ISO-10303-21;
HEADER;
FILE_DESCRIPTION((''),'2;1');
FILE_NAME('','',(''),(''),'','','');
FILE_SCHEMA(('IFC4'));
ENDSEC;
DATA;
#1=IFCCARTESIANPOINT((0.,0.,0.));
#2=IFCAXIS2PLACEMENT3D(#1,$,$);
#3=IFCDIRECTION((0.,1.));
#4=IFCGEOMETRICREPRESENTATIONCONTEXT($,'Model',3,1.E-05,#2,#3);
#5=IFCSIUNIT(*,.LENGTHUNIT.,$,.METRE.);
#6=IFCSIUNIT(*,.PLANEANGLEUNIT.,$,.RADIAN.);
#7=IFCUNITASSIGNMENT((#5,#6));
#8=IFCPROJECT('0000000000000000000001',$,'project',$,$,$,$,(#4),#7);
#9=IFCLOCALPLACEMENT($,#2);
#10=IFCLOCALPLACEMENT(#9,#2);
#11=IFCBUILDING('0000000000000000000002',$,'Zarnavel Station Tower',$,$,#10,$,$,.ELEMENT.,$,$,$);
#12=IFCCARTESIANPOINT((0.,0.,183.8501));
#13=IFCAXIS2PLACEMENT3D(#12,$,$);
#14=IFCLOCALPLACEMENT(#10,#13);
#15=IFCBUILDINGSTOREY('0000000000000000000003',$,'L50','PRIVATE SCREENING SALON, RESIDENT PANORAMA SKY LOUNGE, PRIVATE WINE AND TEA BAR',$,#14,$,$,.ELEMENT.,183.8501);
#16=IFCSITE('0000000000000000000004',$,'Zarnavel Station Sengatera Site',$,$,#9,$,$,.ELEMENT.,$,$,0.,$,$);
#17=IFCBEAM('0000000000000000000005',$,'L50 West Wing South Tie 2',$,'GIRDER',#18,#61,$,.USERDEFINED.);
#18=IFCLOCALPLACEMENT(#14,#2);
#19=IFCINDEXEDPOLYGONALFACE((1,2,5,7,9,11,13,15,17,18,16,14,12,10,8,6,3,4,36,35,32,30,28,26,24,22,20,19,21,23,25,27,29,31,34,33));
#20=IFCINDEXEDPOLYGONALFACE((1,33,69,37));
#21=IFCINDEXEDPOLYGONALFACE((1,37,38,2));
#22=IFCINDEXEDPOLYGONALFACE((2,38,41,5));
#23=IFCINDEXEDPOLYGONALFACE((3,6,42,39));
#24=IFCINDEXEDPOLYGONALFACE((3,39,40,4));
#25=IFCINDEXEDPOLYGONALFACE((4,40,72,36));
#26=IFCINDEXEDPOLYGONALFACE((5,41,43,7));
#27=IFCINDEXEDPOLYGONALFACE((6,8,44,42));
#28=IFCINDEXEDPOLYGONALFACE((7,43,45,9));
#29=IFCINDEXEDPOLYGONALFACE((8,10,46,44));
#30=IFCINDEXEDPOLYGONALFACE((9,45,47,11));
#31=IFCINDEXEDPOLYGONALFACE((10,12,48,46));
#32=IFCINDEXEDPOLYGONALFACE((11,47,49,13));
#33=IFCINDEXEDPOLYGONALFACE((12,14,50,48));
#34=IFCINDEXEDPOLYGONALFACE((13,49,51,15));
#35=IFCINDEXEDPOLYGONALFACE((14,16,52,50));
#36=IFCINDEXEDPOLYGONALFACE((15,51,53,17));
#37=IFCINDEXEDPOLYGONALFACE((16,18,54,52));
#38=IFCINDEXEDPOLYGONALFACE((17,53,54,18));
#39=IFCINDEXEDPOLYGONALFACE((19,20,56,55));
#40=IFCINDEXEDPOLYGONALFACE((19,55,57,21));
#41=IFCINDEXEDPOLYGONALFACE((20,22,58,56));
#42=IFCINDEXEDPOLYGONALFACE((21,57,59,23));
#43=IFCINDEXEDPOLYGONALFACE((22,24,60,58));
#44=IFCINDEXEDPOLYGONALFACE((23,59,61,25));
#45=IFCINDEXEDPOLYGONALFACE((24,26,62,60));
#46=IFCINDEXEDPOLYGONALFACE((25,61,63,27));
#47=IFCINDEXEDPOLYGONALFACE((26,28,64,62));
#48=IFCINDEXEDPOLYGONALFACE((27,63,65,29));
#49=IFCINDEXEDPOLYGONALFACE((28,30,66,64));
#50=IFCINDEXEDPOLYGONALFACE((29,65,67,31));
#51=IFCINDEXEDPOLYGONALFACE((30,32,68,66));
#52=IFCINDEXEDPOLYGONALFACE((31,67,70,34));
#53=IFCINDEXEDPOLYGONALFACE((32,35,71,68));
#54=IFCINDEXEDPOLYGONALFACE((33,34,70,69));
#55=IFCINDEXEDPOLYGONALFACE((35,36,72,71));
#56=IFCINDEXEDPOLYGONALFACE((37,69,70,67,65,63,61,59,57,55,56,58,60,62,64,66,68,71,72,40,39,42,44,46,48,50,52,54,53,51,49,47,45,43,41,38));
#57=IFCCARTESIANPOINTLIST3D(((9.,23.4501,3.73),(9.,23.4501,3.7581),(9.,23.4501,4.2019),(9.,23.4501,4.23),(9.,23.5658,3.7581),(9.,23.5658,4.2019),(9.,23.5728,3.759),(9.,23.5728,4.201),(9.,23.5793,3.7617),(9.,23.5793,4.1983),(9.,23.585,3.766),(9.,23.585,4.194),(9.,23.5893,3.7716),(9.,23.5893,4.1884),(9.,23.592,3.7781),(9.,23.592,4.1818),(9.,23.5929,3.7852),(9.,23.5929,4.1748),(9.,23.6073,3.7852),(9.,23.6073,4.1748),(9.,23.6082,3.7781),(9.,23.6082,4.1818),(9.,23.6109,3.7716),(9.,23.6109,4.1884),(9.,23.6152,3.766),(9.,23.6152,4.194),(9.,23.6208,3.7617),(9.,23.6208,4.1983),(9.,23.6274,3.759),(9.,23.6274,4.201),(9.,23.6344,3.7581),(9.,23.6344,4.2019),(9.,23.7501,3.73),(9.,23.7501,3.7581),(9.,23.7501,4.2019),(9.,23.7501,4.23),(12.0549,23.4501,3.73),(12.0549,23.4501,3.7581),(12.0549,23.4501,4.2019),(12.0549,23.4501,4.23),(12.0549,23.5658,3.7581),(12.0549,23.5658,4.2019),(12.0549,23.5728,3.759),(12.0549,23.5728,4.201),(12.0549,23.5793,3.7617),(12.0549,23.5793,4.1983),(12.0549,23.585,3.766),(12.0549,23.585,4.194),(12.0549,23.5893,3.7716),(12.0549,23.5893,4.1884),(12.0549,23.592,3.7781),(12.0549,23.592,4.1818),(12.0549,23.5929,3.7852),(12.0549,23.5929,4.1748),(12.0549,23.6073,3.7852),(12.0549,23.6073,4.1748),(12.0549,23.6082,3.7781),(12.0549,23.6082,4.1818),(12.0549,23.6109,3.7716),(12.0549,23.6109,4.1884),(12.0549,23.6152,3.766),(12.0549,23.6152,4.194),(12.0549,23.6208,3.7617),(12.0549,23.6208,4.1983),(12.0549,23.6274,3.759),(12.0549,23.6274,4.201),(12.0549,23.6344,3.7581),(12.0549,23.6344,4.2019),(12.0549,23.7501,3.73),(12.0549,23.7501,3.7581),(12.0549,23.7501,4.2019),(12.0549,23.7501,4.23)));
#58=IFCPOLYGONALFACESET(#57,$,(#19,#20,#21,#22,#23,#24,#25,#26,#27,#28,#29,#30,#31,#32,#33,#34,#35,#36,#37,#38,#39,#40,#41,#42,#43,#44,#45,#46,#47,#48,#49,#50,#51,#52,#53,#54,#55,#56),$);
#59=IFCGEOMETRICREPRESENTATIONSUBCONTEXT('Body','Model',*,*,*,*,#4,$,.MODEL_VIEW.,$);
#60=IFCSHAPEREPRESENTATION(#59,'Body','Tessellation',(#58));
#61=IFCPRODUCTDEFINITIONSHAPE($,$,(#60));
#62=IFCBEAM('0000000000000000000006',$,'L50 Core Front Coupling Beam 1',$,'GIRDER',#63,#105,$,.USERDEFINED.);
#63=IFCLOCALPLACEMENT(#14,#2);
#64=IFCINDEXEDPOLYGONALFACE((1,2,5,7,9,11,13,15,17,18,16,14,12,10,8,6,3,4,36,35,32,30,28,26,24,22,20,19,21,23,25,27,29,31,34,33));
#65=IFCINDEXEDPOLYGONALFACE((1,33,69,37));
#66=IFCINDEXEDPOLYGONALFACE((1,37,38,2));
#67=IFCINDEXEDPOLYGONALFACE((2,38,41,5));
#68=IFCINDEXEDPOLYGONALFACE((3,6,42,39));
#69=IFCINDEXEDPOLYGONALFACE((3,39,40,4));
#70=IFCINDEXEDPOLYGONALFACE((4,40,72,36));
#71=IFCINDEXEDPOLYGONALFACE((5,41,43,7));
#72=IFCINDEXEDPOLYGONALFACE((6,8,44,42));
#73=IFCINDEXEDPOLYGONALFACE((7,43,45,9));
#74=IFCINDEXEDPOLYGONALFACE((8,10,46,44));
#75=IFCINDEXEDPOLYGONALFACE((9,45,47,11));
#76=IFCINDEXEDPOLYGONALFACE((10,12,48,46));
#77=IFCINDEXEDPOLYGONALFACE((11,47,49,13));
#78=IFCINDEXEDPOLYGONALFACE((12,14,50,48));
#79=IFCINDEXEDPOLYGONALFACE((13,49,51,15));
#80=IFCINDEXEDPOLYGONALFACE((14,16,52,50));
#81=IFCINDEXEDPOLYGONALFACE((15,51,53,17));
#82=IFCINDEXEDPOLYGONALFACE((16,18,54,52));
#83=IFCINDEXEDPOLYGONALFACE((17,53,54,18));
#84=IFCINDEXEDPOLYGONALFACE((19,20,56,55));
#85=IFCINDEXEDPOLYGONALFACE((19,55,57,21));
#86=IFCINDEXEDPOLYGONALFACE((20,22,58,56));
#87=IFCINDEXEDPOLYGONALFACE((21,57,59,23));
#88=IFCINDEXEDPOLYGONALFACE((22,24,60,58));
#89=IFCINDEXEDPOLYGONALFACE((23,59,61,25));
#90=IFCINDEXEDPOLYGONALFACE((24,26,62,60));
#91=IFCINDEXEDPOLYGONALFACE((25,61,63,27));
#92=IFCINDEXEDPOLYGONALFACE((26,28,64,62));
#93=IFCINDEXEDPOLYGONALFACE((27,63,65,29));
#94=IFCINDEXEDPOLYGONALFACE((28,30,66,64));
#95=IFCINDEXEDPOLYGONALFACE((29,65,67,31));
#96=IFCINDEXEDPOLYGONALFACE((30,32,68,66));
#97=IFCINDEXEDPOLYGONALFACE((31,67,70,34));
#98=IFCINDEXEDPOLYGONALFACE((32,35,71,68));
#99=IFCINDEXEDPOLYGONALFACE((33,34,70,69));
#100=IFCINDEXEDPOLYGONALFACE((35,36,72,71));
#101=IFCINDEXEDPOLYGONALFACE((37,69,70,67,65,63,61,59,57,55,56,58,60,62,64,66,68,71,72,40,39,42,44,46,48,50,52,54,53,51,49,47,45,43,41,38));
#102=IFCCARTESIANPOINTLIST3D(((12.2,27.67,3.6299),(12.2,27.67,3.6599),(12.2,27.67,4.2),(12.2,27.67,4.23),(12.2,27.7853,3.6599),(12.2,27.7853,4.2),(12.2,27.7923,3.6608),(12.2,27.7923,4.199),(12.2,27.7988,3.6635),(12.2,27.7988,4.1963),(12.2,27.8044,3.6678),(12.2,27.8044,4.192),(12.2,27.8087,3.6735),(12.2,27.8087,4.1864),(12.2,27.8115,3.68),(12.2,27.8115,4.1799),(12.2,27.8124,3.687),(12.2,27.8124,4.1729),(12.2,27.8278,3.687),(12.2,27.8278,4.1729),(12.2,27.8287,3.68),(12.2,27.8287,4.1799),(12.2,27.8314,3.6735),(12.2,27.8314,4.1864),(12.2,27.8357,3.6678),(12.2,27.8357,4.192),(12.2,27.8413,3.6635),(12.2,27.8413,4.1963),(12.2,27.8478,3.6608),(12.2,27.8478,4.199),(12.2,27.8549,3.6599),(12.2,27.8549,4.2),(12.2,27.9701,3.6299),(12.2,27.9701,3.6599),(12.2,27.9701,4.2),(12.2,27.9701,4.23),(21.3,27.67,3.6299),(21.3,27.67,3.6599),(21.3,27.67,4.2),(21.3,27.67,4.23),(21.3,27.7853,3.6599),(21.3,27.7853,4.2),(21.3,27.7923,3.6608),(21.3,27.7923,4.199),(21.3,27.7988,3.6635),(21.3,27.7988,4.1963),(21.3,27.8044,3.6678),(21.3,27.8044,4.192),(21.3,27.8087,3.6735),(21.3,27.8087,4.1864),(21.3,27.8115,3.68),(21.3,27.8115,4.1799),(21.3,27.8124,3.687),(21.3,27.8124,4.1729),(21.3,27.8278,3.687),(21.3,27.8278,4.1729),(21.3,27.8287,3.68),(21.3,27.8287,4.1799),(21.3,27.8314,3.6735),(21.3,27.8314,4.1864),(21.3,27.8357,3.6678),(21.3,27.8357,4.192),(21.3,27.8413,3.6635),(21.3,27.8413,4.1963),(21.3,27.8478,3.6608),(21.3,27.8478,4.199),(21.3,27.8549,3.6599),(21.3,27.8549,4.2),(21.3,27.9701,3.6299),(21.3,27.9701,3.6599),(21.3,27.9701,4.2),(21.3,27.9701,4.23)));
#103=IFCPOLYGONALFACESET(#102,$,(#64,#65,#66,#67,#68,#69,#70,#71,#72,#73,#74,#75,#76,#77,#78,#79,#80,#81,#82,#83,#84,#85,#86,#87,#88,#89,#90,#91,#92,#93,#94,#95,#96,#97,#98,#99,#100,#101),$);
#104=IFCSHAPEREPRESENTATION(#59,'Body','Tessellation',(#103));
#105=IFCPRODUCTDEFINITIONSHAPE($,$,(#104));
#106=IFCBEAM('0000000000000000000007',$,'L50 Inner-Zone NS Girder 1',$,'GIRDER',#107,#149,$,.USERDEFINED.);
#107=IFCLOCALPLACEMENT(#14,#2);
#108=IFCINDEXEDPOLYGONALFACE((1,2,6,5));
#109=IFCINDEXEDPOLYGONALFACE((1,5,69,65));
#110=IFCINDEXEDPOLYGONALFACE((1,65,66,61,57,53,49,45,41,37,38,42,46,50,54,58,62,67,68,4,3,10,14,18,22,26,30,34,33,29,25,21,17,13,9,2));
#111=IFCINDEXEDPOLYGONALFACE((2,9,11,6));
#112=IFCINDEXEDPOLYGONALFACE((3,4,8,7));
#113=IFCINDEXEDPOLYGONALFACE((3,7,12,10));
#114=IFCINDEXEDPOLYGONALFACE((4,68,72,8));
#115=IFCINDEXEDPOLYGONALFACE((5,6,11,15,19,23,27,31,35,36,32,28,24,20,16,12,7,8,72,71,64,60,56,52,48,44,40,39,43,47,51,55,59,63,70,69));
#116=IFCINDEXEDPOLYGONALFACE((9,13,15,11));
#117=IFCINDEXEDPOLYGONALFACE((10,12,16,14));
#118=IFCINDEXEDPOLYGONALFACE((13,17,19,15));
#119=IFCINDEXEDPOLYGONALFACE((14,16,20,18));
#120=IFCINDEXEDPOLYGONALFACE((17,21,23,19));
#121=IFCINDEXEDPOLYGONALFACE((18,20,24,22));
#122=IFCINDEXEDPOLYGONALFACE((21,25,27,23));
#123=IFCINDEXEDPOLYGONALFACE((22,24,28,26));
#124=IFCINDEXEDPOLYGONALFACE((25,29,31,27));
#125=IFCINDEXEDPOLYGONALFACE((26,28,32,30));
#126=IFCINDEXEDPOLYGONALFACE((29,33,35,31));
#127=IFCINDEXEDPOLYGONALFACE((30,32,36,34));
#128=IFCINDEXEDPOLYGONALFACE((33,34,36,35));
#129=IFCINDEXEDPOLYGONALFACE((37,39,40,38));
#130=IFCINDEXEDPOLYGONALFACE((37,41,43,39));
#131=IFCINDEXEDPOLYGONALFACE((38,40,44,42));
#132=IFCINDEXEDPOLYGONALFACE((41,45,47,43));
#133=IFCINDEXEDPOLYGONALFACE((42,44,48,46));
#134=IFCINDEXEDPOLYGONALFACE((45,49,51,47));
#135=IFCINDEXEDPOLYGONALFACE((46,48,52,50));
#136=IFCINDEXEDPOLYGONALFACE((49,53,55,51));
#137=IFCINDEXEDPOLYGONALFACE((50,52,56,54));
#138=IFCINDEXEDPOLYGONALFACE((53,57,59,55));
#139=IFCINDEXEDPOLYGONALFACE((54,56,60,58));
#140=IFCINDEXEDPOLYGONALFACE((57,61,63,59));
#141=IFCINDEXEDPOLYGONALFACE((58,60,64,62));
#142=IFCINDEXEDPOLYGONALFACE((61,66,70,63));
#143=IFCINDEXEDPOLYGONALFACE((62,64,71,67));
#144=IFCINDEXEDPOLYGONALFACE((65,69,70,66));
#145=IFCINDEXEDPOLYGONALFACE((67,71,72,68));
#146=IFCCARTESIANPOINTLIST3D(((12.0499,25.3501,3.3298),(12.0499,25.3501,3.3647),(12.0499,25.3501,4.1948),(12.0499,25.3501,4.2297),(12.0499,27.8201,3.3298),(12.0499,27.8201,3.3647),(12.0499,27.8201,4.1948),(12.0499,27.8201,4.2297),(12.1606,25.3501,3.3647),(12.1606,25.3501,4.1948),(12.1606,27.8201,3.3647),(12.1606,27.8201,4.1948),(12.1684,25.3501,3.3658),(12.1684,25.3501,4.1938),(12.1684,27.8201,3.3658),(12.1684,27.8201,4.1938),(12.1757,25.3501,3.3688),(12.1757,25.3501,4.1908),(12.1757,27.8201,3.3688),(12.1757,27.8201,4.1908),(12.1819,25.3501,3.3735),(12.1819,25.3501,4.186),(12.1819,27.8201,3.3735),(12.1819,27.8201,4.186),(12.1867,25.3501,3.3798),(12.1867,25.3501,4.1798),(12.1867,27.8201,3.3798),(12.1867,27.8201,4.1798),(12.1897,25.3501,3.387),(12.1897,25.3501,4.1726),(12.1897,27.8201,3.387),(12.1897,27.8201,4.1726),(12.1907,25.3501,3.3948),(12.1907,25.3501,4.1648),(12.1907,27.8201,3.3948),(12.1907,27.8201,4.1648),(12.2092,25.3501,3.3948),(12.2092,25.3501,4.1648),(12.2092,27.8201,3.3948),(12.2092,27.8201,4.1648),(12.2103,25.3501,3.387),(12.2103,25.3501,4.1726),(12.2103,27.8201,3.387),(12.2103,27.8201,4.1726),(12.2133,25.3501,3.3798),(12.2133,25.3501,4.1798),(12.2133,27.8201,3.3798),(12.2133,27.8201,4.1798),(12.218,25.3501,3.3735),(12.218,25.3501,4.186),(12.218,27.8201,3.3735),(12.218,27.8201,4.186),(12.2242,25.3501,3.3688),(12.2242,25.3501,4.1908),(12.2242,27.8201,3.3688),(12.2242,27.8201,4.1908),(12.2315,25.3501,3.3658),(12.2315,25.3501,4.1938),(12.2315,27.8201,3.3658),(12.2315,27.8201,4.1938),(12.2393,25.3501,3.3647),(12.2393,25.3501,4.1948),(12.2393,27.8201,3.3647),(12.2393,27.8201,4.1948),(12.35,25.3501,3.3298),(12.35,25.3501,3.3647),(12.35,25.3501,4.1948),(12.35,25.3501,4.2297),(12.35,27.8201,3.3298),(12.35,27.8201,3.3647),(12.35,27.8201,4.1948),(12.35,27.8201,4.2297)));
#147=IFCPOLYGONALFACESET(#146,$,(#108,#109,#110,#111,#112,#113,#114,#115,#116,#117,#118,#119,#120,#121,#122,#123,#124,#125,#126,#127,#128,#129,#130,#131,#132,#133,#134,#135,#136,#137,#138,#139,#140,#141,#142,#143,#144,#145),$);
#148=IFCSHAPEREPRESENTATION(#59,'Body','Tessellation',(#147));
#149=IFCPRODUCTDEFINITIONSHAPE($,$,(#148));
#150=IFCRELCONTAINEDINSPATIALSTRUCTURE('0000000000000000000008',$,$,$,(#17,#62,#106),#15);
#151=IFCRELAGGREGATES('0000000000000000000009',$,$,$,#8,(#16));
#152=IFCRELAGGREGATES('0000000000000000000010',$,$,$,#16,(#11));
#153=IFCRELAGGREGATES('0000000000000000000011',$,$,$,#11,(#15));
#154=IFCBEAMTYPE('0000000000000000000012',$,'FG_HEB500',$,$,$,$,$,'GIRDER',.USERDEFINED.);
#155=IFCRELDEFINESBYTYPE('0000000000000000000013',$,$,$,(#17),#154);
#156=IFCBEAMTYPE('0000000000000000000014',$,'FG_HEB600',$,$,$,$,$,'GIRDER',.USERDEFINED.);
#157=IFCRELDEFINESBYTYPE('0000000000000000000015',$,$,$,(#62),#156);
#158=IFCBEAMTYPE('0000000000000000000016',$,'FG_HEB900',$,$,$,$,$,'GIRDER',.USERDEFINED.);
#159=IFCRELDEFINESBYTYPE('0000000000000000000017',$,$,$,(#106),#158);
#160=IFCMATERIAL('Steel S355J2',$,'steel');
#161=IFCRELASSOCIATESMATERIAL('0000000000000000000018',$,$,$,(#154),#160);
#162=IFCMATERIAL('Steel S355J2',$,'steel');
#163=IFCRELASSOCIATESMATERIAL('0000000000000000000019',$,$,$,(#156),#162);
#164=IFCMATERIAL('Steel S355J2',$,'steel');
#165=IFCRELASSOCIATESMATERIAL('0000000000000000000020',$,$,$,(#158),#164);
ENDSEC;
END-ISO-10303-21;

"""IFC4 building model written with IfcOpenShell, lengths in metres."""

from ifc_helpers import new_model, si_unit, direction, frame, origin, origin_2d, place, context, subcontext, project, spatial, i_section, extrude, material, material_profile, profile_set, type_object, element, save


model = new_model("IFC4")

# Units and contexts
model_context = context("Model", 3, precision=1e-05, world=origin(), true_north=direction((0.0, 1.0)))
body_context = subcontext(model_context, "Body", "Model", "MODEL_VIEW")
ifc_project = project(units=[si_unit("LENGTHUNIT", "METRE"), si_unit("PLANEANGLEUNIT", "RADIAN")], contexts=[model_context])

# Site, building, storey
site_placement = place(None, origin())
site = spatial("IfcSite", under=ifc_project, at=site_placement, Name="Zarnavel Station Sengatera Site", CompositionType="ELEMENT", RefElevation=0.0)
building_placement = place(site_placement, origin())
building = spatial("IfcBuilding", under=site, at=building_placement, Name="Zarnavel Station Tower", CompositionType="ELEMENT")
storey_placement = place(building_placement, frame((0.0, 0.0, 183.8501)))
storey = spatial("IfcBuildingStorey", under=building, at=storey_placement, Name="L50", Description="PRIVATE SCREENING SALON, RESIDENT PANORAMA SKY LOUNGE, PRIVATE WINE AND TEA BAR", CompositionType="ELEMENT", Elevation=183.8501)

# Beams
ifc_material_1 = material(Name="Steel S355J2", Category="steel")
ifc_material_profile_1 = material_profile(ifc_material_1, i_section(OverallWidth=0.3, OverallDepth=0.5, WebThickness=0.0144, FlangeThickness=0.0281, FilletRadius=0.0271, at=origin_2d()), Name="HEB500")
ifc_profile_set_1 = profile_set([ifc_material_profile_1], Name="Steel S355J2")
beam_type_1 = type_object("IfcBeamType", Name="FG_HEB500", ElementType="GIRDER", PredefinedType="USERDEFINED", material=ifc_profile_set_1)
beam_1_placement = place(storey_placement, frame((9.0, 23.6001, 3.98), z_axis=(1.0, 0.0, 0.0), x_axis=(0.0, 1.0, 0.0)))
element("IfcBeam", 1, at=beam_1_placement, inside=storey, type_object=beam_type_1, Name="L50 West Wing South Tie 2", ObjectType="GIRDER", PredefinedType="USERDEFINED", context=body_context, shape_type="SweptSolid", body=[
    extrude(i_section(OverallWidth=0.3, OverallDepth=0.5, WebThickness=0.0144, FlangeThickness=0.0281, FilletRadius=0.0271, at=origin_2d()), origin(), (0.0, 0.0, 1.0), 3.0549),
])
ifc_material_2 = material(Name="Steel S355J2", Category="steel")
ifc_material_profile_2 = material_profile(ifc_material_2, i_section(OverallWidth=0.3, OverallDepth=0.6001, WebThickness=0.0154, FlangeThickness=0.03, FilletRadius=0.0271, at=origin_2d()), Name="HEB600")
ifc_profile_set_2 = profile_set([ifc_material_profile_2], Name="Steel S355J2")
beam_type_2 = type_object("IfcBeamType", Name="FG_HEB600", ElementType="GIRDER", PredefinedType="USERDEFINED", material=ifc_profile_set_2)
beam_2_placement = place(storey_placement, frame((12.2, 27.8201, 3.9299), z_axis=(1.0, 0.0, 0.0), x_axis=(0.0, 1.0, 0.0)))
element("IfcBeam", 2, at=beam_2_placement, inside=storey, type_object=beam_type_2, Name="L50 Core Front Coupling Beam 1", ObjectType="GIRDER", PredefinedType="USERDEFINED", context=body_context, shape_type="SweptSolid", body=[
    extrude(i_section(OverallWidth=0.3, OverallDepth=0.6001, WebThickness=0.0154, FlangeThickness=0.03, FilletRadius=0.0271, at=origin_2d()), origin(), (0.0, 0.0, 1.0), 9.1001),
])
ifc_material_3 = material(Name="Steel S355J2", Category="steel")
ifc_material_profile_3 = material_profile(ifc_material_3, i_section(OverallWidth=0.3, OverallDepth=0.8999, WebThickness=0.0186, FlangeThickness=0.0349, FilletRadius=0.03, at=origin_2d()), Name="HEB900")
ifc_profile_set_3 = profile_set([ifc_material_profile_3], Name="Steel S355J2")
beam_type_3 = type_object("IfcBeamType", Name="FG_HEB900", ElementType="GIRDER", PredefinedType="USERDEFINED", material=ifc_profile_set_3)
beam_3_placement = place(storey_placement, frame((12.2, 25.3501, 3.7798), z_axis=(0.0, 1.0, 0.0), x_axis=(-1.0, 0.0, 0.0)))
element("IfcBeam", 3, at=beam_3_placement, inside=storey, type_object=beam_type_3, Name="L50 Inner-Zone NS Girder 1", ObjectType="GIRDER", PredefinedType="USERDEFINED", context=body_context, shape_type="SweptSolid", body=[
    extrude(i_section(OverallWidth=0.3, OverallDepth=0.8999, WebThickness=0.0186, FlangeThickness=0.0349, FilletRadius=0.03, at=origin_2d()), origin(), (0.0, 0.0, 1.0), 2.47),
])

save(model, "model.ifc")
